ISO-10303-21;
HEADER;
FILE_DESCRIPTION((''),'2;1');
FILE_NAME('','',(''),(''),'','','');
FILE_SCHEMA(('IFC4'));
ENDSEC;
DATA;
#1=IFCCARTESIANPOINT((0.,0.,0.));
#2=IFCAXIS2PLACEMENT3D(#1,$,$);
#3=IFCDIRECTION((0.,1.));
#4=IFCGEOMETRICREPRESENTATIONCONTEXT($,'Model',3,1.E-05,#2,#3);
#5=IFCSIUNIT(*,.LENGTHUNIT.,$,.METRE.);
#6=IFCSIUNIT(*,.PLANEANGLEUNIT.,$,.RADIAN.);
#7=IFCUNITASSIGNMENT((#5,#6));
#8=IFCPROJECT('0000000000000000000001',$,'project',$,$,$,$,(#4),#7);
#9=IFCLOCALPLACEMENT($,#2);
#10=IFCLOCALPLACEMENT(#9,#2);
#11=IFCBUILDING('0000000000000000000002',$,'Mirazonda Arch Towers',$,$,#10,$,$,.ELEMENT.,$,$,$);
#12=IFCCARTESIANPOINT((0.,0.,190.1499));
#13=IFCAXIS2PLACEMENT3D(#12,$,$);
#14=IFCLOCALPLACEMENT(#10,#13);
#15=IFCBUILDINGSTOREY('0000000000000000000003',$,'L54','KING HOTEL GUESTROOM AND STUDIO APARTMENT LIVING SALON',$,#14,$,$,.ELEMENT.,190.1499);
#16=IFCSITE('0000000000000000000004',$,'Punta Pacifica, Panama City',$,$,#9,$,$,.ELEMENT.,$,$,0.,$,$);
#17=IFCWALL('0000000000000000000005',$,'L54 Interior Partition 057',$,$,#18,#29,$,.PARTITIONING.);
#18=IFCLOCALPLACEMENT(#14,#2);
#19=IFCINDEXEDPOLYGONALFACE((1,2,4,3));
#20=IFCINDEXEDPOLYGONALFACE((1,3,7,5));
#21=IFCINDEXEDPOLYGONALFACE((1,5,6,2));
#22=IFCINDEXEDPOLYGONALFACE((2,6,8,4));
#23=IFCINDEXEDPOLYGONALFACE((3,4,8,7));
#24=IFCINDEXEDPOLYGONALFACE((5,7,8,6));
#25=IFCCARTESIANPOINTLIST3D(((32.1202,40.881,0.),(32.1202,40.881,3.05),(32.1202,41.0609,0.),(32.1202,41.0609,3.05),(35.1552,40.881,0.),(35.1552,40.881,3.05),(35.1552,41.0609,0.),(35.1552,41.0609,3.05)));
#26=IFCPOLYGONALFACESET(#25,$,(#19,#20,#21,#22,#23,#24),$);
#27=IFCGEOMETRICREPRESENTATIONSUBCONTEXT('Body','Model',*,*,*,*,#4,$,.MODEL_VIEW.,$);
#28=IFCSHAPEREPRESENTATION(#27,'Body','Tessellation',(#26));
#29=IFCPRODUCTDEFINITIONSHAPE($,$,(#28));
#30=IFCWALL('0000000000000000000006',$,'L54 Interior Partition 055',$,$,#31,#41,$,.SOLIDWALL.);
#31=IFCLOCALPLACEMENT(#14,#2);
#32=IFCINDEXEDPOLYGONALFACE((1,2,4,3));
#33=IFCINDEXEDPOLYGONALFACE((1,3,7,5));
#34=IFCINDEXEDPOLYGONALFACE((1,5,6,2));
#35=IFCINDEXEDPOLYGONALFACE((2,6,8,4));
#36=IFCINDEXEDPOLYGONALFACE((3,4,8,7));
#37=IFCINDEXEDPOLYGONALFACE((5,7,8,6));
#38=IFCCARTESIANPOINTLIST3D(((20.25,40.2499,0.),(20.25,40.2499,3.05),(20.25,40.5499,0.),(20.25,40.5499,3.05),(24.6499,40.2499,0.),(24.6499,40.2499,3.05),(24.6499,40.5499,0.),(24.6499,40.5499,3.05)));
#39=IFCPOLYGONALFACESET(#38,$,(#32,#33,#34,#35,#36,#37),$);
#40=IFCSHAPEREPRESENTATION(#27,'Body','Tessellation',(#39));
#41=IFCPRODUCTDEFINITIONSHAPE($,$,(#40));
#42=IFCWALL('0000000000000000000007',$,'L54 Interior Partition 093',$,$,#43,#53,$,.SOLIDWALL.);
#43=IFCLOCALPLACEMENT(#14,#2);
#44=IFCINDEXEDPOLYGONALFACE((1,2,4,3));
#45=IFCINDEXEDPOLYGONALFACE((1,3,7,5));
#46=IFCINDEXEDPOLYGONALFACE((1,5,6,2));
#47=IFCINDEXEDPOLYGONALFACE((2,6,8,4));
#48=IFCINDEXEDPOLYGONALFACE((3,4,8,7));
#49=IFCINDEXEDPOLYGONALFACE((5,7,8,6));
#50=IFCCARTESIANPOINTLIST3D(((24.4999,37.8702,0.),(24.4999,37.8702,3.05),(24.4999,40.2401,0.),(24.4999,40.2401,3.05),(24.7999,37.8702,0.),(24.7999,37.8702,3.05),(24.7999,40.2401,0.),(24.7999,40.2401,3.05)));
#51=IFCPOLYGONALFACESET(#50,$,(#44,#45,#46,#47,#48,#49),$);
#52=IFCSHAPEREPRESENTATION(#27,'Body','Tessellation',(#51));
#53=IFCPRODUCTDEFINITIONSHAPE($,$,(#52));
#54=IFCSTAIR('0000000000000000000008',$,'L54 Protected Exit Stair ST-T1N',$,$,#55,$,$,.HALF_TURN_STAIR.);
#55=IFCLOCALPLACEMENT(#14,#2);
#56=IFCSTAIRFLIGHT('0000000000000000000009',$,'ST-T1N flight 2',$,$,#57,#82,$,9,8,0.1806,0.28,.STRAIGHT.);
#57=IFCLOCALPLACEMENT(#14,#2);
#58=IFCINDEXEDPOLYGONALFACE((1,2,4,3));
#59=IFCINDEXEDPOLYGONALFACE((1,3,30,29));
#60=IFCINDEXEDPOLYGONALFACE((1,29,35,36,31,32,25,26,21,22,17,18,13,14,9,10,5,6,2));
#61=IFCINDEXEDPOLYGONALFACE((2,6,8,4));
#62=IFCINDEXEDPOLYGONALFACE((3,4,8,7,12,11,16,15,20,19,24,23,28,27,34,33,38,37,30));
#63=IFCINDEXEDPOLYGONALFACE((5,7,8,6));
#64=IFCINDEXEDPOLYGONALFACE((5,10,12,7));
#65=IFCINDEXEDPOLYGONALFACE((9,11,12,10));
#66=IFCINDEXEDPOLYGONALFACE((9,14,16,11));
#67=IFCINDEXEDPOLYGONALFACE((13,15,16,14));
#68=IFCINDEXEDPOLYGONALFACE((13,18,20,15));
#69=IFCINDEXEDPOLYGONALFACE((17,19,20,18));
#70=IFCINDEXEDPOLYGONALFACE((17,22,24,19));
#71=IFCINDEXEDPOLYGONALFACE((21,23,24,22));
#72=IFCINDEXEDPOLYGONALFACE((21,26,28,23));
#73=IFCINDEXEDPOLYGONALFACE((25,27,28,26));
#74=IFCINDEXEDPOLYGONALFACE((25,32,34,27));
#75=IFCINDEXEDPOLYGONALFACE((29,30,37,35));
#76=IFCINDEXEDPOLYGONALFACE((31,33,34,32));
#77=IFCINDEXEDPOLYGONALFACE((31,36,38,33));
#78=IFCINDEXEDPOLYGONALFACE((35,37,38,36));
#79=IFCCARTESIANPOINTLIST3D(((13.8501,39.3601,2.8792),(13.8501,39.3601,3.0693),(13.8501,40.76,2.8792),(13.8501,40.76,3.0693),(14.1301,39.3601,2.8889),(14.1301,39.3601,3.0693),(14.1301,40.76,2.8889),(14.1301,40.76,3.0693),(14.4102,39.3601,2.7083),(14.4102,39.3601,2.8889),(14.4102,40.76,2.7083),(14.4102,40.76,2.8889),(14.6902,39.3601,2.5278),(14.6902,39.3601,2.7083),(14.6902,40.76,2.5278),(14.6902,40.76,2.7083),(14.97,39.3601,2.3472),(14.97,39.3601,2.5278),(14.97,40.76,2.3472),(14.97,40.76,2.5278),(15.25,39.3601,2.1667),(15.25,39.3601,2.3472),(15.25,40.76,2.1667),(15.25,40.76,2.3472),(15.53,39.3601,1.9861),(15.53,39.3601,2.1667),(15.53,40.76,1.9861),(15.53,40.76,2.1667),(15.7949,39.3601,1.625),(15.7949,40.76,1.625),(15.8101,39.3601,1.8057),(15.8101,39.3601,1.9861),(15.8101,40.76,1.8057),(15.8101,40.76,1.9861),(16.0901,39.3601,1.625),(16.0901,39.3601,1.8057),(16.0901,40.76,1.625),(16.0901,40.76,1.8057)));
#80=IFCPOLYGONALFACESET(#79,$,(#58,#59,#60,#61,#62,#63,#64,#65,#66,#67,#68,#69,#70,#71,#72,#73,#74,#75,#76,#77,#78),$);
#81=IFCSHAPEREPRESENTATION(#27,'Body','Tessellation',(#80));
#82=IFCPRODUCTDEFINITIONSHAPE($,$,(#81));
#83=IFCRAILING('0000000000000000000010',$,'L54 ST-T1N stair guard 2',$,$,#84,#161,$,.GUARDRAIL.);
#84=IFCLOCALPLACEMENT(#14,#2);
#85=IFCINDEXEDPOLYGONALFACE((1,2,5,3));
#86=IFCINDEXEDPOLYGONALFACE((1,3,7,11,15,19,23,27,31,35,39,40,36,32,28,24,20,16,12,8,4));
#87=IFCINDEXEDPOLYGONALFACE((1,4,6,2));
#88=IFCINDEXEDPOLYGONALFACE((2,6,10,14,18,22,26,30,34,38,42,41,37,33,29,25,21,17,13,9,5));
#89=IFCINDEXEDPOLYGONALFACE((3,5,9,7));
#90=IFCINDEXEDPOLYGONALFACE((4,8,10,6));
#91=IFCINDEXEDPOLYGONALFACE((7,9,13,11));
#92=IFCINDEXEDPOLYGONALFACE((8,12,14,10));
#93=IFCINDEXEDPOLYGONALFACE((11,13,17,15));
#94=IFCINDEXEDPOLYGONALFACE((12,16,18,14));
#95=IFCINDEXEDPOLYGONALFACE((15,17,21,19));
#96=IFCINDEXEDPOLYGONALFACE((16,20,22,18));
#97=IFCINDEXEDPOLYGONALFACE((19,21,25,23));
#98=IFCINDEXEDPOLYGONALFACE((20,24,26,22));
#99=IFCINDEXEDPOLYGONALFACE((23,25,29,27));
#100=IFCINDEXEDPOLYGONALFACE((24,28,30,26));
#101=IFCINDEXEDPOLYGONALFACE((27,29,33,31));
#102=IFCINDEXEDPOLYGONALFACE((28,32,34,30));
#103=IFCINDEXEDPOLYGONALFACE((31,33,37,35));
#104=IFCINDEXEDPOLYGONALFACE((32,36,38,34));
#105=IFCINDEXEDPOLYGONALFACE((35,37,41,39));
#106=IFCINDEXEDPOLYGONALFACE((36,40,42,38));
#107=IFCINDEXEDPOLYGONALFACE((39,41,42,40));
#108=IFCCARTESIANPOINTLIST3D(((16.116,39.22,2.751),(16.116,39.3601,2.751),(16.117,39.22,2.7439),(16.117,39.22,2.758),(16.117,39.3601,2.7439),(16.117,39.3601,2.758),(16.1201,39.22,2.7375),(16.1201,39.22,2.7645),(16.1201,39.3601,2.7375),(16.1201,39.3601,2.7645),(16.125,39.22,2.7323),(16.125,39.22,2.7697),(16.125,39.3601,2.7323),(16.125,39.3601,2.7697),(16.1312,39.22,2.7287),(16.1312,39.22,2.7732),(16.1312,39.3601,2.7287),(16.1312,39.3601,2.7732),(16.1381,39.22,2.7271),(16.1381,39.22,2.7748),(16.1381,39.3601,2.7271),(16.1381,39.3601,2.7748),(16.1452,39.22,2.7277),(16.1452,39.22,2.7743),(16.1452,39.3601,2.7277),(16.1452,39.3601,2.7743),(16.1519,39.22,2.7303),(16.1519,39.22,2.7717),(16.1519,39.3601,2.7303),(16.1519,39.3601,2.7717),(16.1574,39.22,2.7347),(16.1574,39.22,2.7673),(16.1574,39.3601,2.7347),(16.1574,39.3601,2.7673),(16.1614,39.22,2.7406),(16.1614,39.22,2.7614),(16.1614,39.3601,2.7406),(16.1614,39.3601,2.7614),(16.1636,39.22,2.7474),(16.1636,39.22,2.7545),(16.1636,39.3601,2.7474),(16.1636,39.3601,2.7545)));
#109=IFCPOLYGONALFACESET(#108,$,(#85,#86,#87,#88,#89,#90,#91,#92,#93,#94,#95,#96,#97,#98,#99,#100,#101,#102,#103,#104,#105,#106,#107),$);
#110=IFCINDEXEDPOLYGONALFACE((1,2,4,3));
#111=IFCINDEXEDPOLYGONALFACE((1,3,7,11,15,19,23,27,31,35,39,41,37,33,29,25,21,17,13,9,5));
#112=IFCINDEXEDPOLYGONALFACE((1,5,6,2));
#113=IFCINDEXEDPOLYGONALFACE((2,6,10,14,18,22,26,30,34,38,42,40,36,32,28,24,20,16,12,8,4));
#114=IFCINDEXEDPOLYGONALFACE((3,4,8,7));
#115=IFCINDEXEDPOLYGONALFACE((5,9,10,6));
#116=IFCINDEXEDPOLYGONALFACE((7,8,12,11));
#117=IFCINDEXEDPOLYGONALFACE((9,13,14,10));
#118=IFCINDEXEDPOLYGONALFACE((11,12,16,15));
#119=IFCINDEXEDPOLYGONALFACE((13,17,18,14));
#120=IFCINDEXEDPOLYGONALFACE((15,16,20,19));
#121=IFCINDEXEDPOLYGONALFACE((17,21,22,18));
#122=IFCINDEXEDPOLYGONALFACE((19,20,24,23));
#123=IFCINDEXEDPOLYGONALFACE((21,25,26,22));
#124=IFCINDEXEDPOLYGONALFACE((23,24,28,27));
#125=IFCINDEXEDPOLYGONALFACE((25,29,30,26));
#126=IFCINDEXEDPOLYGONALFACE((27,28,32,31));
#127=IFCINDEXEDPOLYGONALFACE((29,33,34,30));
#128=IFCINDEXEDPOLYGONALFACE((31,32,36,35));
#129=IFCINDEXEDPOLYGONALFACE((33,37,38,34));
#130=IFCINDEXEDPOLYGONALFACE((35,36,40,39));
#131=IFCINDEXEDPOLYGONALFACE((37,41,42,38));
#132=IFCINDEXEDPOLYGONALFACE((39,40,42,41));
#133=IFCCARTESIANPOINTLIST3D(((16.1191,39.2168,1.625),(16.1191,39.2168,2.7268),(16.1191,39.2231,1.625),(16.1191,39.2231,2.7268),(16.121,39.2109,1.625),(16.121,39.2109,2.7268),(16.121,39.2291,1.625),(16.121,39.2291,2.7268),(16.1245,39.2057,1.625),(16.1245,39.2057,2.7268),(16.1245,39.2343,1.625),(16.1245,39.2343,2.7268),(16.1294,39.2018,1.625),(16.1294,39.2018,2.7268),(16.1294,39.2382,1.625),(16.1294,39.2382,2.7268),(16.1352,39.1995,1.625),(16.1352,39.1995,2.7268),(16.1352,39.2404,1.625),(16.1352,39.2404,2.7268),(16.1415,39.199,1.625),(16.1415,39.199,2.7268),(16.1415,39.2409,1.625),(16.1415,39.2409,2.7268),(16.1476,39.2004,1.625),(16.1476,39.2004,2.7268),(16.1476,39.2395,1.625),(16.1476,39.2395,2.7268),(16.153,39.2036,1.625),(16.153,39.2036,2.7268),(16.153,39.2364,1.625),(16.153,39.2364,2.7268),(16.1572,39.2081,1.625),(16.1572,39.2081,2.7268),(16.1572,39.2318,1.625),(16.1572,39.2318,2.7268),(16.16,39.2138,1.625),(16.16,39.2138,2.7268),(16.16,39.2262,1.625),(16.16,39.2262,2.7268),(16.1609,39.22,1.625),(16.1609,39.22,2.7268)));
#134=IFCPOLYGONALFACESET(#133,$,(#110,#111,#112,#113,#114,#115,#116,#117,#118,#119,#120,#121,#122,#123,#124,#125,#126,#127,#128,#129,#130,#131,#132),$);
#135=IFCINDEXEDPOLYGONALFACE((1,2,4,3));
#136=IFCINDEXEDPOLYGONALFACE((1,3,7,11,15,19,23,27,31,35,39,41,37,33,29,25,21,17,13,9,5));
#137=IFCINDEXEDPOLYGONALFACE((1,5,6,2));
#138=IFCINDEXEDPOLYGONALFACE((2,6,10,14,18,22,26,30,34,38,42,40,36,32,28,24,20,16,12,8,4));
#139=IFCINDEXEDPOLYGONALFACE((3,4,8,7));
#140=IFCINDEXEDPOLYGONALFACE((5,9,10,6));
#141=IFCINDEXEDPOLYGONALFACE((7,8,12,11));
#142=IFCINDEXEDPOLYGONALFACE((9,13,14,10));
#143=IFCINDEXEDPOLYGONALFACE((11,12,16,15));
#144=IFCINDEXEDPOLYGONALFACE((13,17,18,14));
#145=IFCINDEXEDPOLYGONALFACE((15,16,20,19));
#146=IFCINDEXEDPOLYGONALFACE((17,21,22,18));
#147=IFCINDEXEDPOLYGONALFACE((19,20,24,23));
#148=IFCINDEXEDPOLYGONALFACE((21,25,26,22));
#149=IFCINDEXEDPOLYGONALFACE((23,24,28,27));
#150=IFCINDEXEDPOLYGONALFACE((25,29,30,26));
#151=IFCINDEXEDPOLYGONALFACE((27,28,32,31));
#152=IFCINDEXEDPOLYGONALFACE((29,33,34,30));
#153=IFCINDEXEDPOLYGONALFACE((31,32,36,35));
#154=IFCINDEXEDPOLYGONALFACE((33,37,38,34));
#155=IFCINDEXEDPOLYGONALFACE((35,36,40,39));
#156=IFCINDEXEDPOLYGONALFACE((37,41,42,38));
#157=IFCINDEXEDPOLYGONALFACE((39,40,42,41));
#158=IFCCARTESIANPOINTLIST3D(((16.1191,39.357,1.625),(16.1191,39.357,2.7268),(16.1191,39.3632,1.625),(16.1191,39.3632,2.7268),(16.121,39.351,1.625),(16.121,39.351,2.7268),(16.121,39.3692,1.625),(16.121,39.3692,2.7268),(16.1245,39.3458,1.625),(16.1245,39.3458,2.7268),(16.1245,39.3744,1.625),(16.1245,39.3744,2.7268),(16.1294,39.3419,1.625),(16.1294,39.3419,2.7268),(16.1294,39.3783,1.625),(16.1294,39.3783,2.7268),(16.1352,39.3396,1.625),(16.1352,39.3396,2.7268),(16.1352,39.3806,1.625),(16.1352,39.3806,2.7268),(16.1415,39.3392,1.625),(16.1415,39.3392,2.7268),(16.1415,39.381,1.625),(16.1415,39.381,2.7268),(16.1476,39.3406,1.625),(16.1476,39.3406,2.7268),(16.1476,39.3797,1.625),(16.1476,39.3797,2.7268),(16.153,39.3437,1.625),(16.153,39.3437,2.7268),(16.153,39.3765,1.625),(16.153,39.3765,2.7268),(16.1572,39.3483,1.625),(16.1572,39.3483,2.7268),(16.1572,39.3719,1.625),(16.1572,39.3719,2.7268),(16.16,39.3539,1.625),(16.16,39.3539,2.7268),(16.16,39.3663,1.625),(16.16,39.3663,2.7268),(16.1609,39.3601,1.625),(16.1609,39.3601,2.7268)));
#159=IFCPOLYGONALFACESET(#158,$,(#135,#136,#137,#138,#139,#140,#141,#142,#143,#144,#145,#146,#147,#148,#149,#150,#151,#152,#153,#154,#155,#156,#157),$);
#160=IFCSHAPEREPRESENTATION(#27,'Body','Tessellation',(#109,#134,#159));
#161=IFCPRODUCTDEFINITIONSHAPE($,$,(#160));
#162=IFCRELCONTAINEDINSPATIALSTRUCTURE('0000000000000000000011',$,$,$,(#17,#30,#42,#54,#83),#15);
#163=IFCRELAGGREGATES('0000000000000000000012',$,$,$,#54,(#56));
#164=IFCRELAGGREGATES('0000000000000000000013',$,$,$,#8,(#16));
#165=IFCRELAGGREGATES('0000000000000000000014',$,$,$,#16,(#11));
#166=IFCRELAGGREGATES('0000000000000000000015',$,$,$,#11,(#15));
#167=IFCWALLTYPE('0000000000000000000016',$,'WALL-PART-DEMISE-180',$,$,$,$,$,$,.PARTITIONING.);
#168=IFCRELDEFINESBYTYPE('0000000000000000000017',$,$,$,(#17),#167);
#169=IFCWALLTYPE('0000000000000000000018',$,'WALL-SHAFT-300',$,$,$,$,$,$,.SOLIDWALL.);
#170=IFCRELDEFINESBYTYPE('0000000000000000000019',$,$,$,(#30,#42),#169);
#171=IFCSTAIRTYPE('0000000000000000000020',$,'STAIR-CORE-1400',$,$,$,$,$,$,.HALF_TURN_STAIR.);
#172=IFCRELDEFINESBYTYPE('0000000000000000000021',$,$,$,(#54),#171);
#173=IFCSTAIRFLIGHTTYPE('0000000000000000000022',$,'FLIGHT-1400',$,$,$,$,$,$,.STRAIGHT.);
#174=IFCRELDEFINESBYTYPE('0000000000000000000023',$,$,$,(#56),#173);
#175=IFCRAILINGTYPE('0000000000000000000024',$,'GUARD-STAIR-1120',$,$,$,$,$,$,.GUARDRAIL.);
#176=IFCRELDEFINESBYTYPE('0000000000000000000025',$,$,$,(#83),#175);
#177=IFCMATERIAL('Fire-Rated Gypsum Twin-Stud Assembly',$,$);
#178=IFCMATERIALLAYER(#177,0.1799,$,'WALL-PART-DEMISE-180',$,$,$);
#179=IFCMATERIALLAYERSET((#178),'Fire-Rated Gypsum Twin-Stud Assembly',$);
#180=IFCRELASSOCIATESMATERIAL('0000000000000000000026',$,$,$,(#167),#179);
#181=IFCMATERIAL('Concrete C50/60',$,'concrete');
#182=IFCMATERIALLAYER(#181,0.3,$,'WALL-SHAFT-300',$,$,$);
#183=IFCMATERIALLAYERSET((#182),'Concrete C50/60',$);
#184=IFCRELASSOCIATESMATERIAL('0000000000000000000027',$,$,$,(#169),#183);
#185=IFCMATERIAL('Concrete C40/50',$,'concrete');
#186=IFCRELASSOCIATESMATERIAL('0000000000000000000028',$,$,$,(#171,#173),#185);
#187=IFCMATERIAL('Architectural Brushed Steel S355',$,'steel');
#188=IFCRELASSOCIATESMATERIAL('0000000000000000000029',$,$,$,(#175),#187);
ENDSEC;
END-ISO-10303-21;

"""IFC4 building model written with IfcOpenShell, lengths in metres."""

from ifc_helpers import new_model, si_unit, direction, frame, frame_2d, origin, origin_2d, place, context, subcontext, project, spatial, polyline, rectangle, circle, outline, extrude, material, layer, layer_set, type_object, element, aggregate, save


model = new_model("IFC4")

# Units and contexts
model_context = context("Model", 3, precision=1e-05, world=origin(), true_north=direction((0.0, 1.0)))
body_context = subcontext(model_context, "Body", "Model", "MODEL_VIEW")
ifc_project = project(units=[si_unit("LENGTHUNIT", "METRE"), si_unit("PLANEANGLEUNIT", "RADIAN")], contexts=[model_context])

# Site, building, storey
site_placement = place(None, origin())
site = spatial("IfcSite", under=ifc_project, at=site_placement, Name="Punta Pacifica, Panama City", CompositionType="ELEMENT", RefElevation=0.0)
building_placement = place(site_placement, origin())
building = spatial("IfcBuilding", under=site, at=building_placement, Name="Mirazonda Arch Towers", CompositionType="ELEMENT")
storey_placement = place(building_placement, frame((0.0, 0.0, 190.1499)))
storey = spatial("IfcBuildingStorey", under=building, at=storey_placement, Name="L54", Description="KING HOTEL GUESTROOM AND STUDIO APARTMENT LIVING SALON", CompositionType="ELEMENT", Elevation=190.1499)

# Shared definitions
ifc_material_1 = material(Name="Concrete C50/60", Category="concrete")

# Shared definitions
ifc_material_2 = material(Name="Concrete C40/50", Category="concrete")

# Shared definitions
ifc_material_3 = material(Name="Architectural Brushed Steel S355", Category="steel")

# Wall
ifc_material_4 = material(Name="Fire-Rated Gypsum Twin-Stud Assembly")
ifc_layer_1 = layer(ifc_material_4, 0.1799, Name="WALL-PART-DEMISE-180")
ifc_layer_set_1 = layer_set([ifc_layer_1], Name="Fire-Rated Gypsum Twin-Stud Assembly")
wall_type_1 = type_object("IfcWallType", Name="WALL-PART-DEMISE-180", PredefinedType="PARTITIONING", material=ifc_layer_set_1)
wall_1_placement = place(storey_placement, frame((32.1201, 40.9709, 0.0), z_axis=(0.0, 0.0, 1.0), x_axis=(1.0, 0.0, 0.0)))
element("IfcWall", 1, at=wall_1_placement, inside=storey, type_object=wall_type_1, Name="L54 Interior Partition 057", PredefinedType="PARTITIONING", context=body_context, shape_type="SweptSolid", body=[
    extrude(rectangle(XDim=3.0349, YDim=0.1799, at=frame_2d((1.5176, 0.0))), origin(), (0.0, 0.0, 1.0), 3.05),
])

# Walls
ifc_layer_2 = layer(ifc_material_1, 0.3, Name="WALL-SHAFT-300")
ifc_layer_set_2 = layer_set([ifc_layer_2], Name="Concrete C50/60")
wall_type_2 = type_object("IfcWallType", Name="WALL-SHAFT-300", PredefinedType="SOLIDWALL", material=ifc_layer_set_2)
wall_2_placement = place(storey_placement, frame((20.25, 40.3999, 0.0), z_axis=(0.0, 0.0, 1.0), x_axis=(1.0, 0.0, 0.0)))
element("IfcWall", 2, at=wall_2_placement, inside=storey, type_object=wall_type_2, Name="L54 Interior Partition 055", PredefinedType="SOLIDWALL", context=body_context, shape_type="SweptSolid", body=[
    extrude(rectangle(XDim=4.3999, YDim=0.3, at=frame_2d((2.2, 0.0))), origin(), (0.0, 0.0, 1.0), 3.05),
])
wall_3_placement = place(storey_placement, frame((24.6499, 37.8701, 0.0), z_axis=(0.0, 0.0, 1.0), x_axis=(0.0, 1.0, 0.0)))
element("IfcWall", 3, at=wall_3_placement, inside=storey, type_object=wall_type_2, Name="L54 Interior Partition 093", PredefinedType="SOLIDWALL", context=body_context, shape_type="SweptSolid", body=[
    extrude(rectangle(XDim=2.3699, YDim=0.3, at=frame_2d((1.1851, 0.0))), origin(), (0.0, 0.0, 1.0), 3.05),
])

# Stair, stair flight
stair_type = type_object("IfcStairType", Name="STAIR-CORE-1400", PredefinedType="HALF_TURN_STAIR", material=ifc_material_2)
stair_placement = place(storey_placement, origin())
stair = element("IfcStair", 4, at=stair_placement, inside=storey, type_object=stair_type, Name="L54 Protected Exit Stair ST-T1N", PredefinedType="HALF_TURN_STAIR")
stair_flight_type = type_object("IfcStairFlightType", Name="FLIGHT-1400", PredefinedType="STRAIGHT", material=ifc_material_2)
stair_flight_placement = place(storey_placement, frame((16.0901, 40.0601, 1.625), z_axis=(0.0, 0.0, 1.0), x_axis=(-1.0, 0.0, 0.0)))
stair_flight = element("IfcStairFlight", 5, at=stair_flight_placement, type_object=stair_flight_type, Name="ST-T1N flight 2", NumberOfRisers=9, NumberOfTreads=8, PredefinedType="STRAIGHT", RiserHeight=0.1806, TreadLength=0.28, context=body_context, shape_type="SweptSolid", body=[
    extrude(outline(polyline([(0.0, 0.0), (0.0, 0.1807), (0.28, 0.1807), (0.28, 0.3611), (0.5601, 0.3611), (0.5601, 0.5417), (0.8401, 0.5417), (0.8401, 0.7222), (1.1201, 0.7222), (1.1201, 0.9028), (1.3999, 0.9028), (1.3999, 1.0833), (1.6799, 1.0833), (1.6799, 1.2639), (1.96, 1.2639), (1.96, 1.4443), (2.24, 1.4443), (2.24, 1.625), (2.24, 1.2542), (0.2952, 0.0), (0.0, 0.0)])), frame((0.0, 0.7, 0.0), z_axis=(0.0, -1.0, 0.0), x_axis=(1.0, 0.0, 0.0)), (0.0, 0.0, 1.0), 1.3999),
])
aggregate(stair, [stair_flight])

# Railing
railing_type_1 = type_object("IfcRailingType", Name="GUARD-STAIR-1120", PredefinedType="GUARDRAIL", material=ifc_material_3)
railing_1_placement = place(storey_placement, frame((16.1399, 39.22, 1.625)))
element("IfcRailing", 6, at=railing_1_placement, inside=storey, type_object=railing_type_1, Name="L54 ST-T1N stair guard 2", PredefinedType="GUARDRAIL", context=body_context, shape_type="SweptSolid", body=[
    extrude(circle(Radius=0.0239, at=origin_2d()), frame((0.0, 0.0, 1.126), z_axis=(0.0, 1.0, 0.0), x_axis=(-1.0, 0.0, 0.0)), (0.0, 0.0, 1.0), 0.1401),
    extrude(circle(Radius=0.021, at=origin_2d()), origin(), (0.0, 0.0, 1.0), 1.1018),
    extrude(circle(Radius=0.021, at=origin_2d()), frame((0.0, 0.1401, 0.0)), (0.0, 0.0, 1.0), 1.1018),
])

save(model, "model.ifc")
